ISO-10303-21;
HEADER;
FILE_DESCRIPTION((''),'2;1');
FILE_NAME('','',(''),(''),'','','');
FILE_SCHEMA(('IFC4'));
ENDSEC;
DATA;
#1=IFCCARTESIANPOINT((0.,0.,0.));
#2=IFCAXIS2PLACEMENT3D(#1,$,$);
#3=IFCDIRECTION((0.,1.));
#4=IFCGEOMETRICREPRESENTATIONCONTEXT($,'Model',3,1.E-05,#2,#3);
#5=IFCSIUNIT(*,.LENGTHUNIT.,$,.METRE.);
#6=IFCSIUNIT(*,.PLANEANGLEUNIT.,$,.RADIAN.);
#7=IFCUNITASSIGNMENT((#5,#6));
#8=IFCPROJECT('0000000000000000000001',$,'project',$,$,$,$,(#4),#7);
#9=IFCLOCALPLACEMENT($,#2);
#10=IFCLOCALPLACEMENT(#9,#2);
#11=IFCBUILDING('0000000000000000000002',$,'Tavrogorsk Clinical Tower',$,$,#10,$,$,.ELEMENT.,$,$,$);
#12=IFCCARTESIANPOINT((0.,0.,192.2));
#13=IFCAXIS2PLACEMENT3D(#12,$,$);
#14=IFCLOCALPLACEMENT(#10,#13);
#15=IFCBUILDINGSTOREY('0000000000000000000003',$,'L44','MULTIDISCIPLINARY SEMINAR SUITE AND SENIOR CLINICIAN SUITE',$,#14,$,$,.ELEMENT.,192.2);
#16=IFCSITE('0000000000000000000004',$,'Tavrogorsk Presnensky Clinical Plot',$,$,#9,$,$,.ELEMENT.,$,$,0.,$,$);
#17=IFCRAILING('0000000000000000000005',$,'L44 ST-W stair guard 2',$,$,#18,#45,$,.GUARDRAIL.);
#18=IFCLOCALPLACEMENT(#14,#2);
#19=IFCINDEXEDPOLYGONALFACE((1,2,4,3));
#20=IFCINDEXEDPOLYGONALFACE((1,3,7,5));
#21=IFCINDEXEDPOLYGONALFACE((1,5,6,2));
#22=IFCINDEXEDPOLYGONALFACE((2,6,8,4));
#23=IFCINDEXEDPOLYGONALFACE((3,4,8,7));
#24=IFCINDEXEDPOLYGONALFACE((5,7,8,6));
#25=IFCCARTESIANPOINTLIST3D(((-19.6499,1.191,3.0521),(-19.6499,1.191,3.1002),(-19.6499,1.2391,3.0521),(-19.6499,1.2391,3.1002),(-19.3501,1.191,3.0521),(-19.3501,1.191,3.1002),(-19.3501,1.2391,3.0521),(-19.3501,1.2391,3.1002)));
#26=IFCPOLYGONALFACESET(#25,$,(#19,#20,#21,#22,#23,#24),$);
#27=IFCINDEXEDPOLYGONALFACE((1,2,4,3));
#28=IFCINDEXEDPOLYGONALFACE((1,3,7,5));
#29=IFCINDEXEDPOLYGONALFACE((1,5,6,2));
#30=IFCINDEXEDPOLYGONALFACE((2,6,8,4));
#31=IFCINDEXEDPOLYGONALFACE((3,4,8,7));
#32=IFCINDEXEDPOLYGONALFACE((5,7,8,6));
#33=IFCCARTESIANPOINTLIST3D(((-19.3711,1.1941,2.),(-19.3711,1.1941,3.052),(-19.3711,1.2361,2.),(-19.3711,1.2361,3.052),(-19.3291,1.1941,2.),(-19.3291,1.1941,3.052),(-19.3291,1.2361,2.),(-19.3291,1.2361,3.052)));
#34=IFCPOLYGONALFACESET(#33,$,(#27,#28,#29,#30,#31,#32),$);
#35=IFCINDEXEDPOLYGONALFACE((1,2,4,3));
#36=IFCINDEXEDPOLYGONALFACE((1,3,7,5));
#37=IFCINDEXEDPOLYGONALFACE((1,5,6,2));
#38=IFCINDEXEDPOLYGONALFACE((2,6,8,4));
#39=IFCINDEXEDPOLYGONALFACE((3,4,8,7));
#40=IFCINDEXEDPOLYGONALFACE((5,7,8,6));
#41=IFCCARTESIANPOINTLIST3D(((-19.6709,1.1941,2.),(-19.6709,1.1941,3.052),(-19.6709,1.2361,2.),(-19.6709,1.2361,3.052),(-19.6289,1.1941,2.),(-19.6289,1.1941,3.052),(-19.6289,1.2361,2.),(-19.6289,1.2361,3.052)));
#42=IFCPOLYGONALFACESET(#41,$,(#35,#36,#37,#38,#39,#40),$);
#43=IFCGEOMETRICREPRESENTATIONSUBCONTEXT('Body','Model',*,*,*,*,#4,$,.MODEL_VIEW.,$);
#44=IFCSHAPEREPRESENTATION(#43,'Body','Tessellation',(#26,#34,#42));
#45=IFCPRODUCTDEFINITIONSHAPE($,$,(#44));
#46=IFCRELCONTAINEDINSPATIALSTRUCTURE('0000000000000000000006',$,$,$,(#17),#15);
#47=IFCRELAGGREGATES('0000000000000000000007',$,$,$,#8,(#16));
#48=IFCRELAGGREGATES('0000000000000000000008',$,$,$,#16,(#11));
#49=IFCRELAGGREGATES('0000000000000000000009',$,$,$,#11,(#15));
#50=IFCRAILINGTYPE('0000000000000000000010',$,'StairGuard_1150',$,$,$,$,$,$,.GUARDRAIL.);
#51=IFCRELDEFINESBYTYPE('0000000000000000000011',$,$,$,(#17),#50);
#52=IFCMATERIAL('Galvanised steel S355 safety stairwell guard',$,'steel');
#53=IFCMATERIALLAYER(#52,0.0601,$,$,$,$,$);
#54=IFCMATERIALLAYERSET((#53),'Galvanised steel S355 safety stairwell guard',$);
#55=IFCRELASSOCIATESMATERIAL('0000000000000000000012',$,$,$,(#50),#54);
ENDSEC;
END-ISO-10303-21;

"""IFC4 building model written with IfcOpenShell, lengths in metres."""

from ifc_helpers import new_model, si_unit, direction, frame, origin, origin_2d, place, context, subcontext, project, spatial, rectangle, extrude, material, layer, layer_set, type_object, element, save


model = new_model("IFC4")

# Units and contexts
model_context = context("Model", 3, precision=1e-05, world=origin(), true_north=direction((0.0, 1.0)))
body_context = subcontext(model_context, "Body", "Model", "MODEL_VIEW")
ifc_project = project(units=[si_unit("LENGTHUNIT", "METRE"), si_unit("PLANEANGLEUNIT", "RADIAN")], contexts=[model_context])

# Site, building, storey
site_placement = place(None, origin())
site = spatial("IfcSite", under=ifc_project, at=site_placement, Name="Tavrogorsk Presnensky Clinical Plot", CompositionType="ELEMENT", RefElevation=0.0)
building_placement = place(site_placement, origin())
building = spatial("IfcBuilding", under=site, at=building_placement, Name="Tavrogorsk Clinical Tower", CompositionType="ELEMENT")
storey_placement = place(building_placement, frame((0.0, 0.0, 192.2)))
storey = spatial("IfcBuildingStorey", under=building, at=storey_placement, Name="L44", Description="MULTIDISCIPLINARY SEMINAR SUITE AND SENIOR CLINICIAN SUITE", CompositionType="ELEMENT", Elevation=192.2)

# Railing
ifc_material_1 = material(Name="Galvanised steel S355 safety stairwell guard", Category="steel")
ifc_layer_1 = layer(ifc_material_1, 0.0601)
ifc_layer_set_1 = layer_set([ifc_layer_1], Name="Galvanised steel S355 safety stairwell guard")
railing_type = type_object("IfcRailingType", Name="StairGuard_1150", PredefinedType="GUARDRAIL", material=ifc_layer_set_1)
railing_placement = place(storey_placement, frame((-19.3501, 1.2151, 2.0)))
element("IfcRailing", 1, at=railing_placement, inside=storey, type_object=railing_type, Name="L44 ST-W stair guard 2", PredefinedType="GUARDRAIL", context=body_context, shape_type="SweptSolid", body=[
    extrude(rectangle(XDim=0.0481, YDim=0.0481, at=origin_2d()), frame((0.0, 0.0, 1.0762), z_axis=(-1.0, 0.0, 0.0), x_axis=(0.0, -1.0, 0.0)), (0.0, 0.0, 1.0), 0.2998),
    extrude(rectangle(XDim=0.042, YDim=0.042, at=origin_2d()), origin(), (0.0, 0.0, 1.0), 1.052),
    extrude(rectangle(XDim=0.042, YDim=0.042, at=origin_2d()), frame((-0.2998, 0.0, 0.0)), (0.0, 0.0, 1.0), 1.052),
])

save(model, "model.ifc")
